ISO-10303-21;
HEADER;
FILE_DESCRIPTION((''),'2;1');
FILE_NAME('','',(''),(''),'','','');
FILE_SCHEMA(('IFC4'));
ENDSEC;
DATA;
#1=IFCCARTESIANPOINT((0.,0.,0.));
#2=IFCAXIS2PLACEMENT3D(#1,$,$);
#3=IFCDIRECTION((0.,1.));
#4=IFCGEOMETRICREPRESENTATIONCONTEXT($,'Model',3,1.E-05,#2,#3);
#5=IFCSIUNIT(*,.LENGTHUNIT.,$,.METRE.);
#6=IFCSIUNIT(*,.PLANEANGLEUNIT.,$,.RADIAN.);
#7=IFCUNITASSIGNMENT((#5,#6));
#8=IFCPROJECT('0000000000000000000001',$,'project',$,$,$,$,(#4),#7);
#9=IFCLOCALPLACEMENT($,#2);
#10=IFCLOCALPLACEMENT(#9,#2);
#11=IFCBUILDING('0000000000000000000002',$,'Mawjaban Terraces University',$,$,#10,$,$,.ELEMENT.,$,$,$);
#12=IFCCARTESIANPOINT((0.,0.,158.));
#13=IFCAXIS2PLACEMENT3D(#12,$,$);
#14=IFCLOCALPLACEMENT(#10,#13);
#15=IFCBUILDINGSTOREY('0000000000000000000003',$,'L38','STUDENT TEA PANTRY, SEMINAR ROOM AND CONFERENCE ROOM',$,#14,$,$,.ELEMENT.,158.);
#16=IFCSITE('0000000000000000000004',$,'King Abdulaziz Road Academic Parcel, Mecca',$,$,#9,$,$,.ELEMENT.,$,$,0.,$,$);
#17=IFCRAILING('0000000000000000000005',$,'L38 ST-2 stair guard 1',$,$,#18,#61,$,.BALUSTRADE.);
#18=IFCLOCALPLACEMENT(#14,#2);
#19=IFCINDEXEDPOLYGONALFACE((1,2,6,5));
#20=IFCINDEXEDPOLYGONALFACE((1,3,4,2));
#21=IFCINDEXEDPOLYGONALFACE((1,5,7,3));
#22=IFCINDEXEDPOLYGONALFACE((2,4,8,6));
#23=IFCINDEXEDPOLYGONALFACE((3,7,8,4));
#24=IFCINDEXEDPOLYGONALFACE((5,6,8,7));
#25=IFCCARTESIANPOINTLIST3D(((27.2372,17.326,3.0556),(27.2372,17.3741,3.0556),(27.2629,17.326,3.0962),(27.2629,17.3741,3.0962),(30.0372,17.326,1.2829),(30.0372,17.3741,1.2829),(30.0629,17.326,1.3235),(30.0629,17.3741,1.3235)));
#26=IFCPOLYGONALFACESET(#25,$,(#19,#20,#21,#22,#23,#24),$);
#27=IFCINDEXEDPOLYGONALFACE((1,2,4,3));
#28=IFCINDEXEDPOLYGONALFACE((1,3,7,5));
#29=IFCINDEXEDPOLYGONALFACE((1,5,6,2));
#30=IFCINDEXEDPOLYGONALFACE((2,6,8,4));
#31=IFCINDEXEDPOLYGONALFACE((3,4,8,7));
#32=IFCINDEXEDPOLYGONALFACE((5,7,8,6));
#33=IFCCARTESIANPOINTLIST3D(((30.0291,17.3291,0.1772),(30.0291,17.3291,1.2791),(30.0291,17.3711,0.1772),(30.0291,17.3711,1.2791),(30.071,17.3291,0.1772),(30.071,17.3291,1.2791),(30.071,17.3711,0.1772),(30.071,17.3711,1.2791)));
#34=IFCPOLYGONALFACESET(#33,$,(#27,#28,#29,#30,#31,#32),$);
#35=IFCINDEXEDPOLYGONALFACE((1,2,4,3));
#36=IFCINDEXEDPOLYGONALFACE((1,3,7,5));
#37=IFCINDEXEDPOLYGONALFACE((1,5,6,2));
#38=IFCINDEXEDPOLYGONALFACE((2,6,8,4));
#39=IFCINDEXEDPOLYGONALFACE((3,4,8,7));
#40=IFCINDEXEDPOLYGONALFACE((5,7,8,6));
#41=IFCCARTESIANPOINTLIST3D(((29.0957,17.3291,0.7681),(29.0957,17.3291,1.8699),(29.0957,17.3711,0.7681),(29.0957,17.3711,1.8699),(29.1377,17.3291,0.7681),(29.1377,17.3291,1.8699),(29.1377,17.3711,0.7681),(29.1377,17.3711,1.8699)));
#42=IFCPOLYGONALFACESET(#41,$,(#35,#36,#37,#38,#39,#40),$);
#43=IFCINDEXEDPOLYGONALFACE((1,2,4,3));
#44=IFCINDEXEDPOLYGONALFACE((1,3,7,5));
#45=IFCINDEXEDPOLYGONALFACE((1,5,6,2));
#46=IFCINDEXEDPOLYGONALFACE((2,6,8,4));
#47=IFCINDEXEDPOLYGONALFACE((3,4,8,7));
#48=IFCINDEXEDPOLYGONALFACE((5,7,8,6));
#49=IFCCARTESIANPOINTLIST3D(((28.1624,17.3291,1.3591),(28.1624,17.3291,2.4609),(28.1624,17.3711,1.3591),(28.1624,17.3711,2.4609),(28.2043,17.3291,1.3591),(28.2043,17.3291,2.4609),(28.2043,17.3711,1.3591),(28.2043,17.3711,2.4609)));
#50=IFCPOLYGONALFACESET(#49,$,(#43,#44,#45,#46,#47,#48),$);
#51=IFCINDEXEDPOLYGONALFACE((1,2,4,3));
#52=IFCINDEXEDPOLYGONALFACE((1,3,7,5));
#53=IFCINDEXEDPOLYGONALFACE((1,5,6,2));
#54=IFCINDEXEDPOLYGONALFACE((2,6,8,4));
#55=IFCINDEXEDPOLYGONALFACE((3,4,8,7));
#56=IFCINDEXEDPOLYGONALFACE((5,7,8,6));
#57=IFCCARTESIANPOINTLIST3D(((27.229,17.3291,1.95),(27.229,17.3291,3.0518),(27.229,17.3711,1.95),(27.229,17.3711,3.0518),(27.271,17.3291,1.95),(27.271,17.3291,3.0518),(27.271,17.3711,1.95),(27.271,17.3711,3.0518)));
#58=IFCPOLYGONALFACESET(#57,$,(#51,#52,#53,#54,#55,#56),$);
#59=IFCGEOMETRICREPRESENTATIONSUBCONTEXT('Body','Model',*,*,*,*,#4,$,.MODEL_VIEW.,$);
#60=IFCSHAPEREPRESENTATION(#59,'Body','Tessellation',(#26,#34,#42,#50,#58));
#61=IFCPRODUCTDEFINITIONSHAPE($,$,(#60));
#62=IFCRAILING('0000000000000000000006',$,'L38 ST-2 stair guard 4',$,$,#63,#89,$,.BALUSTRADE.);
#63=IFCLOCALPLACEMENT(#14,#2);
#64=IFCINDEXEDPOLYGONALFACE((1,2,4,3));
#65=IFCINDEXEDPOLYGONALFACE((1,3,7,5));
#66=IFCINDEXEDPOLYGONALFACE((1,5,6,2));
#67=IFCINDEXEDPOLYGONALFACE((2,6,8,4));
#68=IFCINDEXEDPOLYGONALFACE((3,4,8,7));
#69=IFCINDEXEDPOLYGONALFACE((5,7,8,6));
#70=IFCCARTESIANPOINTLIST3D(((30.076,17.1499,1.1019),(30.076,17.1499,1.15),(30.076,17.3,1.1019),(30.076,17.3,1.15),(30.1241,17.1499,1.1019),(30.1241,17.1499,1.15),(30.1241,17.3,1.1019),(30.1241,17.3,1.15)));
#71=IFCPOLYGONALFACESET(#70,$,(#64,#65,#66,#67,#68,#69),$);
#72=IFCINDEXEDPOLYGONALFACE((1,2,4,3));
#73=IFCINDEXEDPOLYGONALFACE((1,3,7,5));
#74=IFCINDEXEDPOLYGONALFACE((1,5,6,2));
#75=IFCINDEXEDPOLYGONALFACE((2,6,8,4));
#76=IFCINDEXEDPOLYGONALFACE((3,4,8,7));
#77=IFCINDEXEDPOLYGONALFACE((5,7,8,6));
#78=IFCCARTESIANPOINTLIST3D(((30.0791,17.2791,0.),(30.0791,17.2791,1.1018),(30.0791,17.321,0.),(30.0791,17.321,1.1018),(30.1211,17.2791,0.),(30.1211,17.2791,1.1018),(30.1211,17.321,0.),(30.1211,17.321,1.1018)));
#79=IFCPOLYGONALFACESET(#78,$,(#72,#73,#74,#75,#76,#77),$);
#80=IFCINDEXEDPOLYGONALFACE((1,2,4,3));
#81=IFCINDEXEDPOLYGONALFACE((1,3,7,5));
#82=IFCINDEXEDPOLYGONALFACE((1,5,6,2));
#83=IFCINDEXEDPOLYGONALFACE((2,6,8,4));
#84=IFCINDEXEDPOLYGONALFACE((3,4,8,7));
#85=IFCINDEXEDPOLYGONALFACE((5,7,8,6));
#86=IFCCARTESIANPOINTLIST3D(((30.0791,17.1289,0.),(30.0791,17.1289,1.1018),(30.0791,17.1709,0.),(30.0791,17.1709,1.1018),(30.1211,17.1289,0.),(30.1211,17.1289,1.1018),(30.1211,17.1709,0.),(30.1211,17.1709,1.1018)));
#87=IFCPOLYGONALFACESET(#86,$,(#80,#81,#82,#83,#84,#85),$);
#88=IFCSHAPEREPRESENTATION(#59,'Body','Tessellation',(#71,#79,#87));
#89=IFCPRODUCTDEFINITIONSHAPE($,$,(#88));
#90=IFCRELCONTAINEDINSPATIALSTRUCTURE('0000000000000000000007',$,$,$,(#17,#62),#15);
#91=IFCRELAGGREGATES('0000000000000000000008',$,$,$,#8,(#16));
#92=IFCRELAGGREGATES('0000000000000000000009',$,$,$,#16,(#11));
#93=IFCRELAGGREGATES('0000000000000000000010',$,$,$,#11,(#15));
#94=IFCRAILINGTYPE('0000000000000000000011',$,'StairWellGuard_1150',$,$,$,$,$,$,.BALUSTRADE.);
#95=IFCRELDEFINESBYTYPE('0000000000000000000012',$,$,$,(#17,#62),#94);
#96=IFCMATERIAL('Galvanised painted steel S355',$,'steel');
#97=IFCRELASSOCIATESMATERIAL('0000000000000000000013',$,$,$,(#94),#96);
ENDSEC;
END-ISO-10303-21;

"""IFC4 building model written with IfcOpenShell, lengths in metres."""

from ifc_helpers import new_model, si_unit, direction, frame, origin, origin_2d, place, context, subcontext, project, spatial, rectangle, extrude, material, type_object, element, save


model = new_model("IFC4")

# Units and contexts
model_context = context("Model", 3, precision=1e-05, world=origin(), true_north=direction((0.0, 1.0)))
body_context = subcontext(model_context, "Body", "Model", "MODEL_VIEW")
ifc_project = project(units=[si_unit("LENGTHUNIT", "METRE"), si_unit("PLANEANGLEUNIT", "RADIAN")], contexts=[model_context])

# Site, building, storey
site_placement = place(None, origin())
site = spatial("IfcSite", under=ifc_project, at=site_placement, Name="King Abdulaziz Road Academic Parcel, Mecca", CompositionType="ELEMENT", RefElevation=0.0)
building_placement = place(site_placement, origin())
building = spatial("IfcBuilding", under=site, at=building_placement, Name="Mawjaban Terraces University", CompositionType="ELEMENT")
storey_placement = place(building_placement, frame((0.0, 0.0, 158.0)))
storey = spatial("IfcBuildingStorey", under=building, at=storey_placement, Name="L38", Description="STUDENT TEA PANTRY, SEMINAR ROOM AND CONFERENCE ROOM", CompositionType="ELEMENT", Elevation=158.0)

# Railings
ifc_material_1 = material(Name="Galvanised painted steel S355", Category="steel")
railing_type_1 = type_object("IfcRailingType", Name="StairWellGuard_1150", PredefinedType="BALUSTRADE", material=ifc_material_1)
railing_1_placement = place(storey_placement, frame((30.05, 17.3501, 0.1772)))
element("IfcRailing", 1, at=railing_1_placement, inside=storey, type_object=railing_type_1, Name="L38 ST-2 stair guard 1", PredefinedType="BALUSTRADE", context=body_context, shape_type="SweptSolid", body=[
    extrude(rectangle(XDim=0.0481, YDim=0.0481, at=origin_2d()), frame((0.0, 0.0, 1.126), z_axis=(-0.844909, 0.0, 0.53491), x_axis=(0.0, -1.0, 0.0)), (0.0, 0.0, 1.0), 3.314),
    extrude(rectangle(XDim=0.042, YDim=0.042, at=origin_2d()), origin(), (0.0, 0.0, 1.0), 1.1018),
    extrude(rectangle(XDim=0.042, YDim=0.042, at=origin_2d()), frame((-0.9333, 0.0, 0.5908)), (0.0, 0.0, 1.0), 1.1018),
    extrude(rectangle(XDim=0.042, YDim=0.042, at=origin_2d()), frame((-1.8667, 0.0, 1.1819)), (0.0, 0.0, 1.0), 1.1018),
    extrude(rectangle(XDim=0.042, YDim=0.042, at=origin_2d()), frame((-2.8, 0.0, 1.7727)), (0.0, 0.0, 1.0), 1.1018),
])
railing_2_placement = place(storey_placement, frame((30.1001, 17.3, 0.0)))
element("IfcRailing", 2, at=railing_2_placement, inside=storey, type_object=railing_type_1, Name="L38 ST-2 stair guard 4", PredefinedType="BALUSTRADE", context=body_context, shape_type="SweptSolid", body=[
    extrude(rectangle(XDim=0.0481, YDim=0.0481, at=origin_2d()), frame((0.0, 0.0, 1.126), z_axis=(0.0, -1.0, 0.0), x_axis=(1.0, 0.0, 0.0)), (0.0, 0.0, 1.0), 0.1501),
    extrude(rectangle(XDim=0.042, YDim=0.042, at=origin_2d()), origin(), (0.0, 0.0, 1.0), 1.1018),
    extrude(rectangle(XDim=0.042, YDim=0.042, at=origin_2d()), frame((0.0, -0.1501, 0.0)), (0.0, 0.0, 1.0), 1.1018),
])

save(model, "model.ifc")
